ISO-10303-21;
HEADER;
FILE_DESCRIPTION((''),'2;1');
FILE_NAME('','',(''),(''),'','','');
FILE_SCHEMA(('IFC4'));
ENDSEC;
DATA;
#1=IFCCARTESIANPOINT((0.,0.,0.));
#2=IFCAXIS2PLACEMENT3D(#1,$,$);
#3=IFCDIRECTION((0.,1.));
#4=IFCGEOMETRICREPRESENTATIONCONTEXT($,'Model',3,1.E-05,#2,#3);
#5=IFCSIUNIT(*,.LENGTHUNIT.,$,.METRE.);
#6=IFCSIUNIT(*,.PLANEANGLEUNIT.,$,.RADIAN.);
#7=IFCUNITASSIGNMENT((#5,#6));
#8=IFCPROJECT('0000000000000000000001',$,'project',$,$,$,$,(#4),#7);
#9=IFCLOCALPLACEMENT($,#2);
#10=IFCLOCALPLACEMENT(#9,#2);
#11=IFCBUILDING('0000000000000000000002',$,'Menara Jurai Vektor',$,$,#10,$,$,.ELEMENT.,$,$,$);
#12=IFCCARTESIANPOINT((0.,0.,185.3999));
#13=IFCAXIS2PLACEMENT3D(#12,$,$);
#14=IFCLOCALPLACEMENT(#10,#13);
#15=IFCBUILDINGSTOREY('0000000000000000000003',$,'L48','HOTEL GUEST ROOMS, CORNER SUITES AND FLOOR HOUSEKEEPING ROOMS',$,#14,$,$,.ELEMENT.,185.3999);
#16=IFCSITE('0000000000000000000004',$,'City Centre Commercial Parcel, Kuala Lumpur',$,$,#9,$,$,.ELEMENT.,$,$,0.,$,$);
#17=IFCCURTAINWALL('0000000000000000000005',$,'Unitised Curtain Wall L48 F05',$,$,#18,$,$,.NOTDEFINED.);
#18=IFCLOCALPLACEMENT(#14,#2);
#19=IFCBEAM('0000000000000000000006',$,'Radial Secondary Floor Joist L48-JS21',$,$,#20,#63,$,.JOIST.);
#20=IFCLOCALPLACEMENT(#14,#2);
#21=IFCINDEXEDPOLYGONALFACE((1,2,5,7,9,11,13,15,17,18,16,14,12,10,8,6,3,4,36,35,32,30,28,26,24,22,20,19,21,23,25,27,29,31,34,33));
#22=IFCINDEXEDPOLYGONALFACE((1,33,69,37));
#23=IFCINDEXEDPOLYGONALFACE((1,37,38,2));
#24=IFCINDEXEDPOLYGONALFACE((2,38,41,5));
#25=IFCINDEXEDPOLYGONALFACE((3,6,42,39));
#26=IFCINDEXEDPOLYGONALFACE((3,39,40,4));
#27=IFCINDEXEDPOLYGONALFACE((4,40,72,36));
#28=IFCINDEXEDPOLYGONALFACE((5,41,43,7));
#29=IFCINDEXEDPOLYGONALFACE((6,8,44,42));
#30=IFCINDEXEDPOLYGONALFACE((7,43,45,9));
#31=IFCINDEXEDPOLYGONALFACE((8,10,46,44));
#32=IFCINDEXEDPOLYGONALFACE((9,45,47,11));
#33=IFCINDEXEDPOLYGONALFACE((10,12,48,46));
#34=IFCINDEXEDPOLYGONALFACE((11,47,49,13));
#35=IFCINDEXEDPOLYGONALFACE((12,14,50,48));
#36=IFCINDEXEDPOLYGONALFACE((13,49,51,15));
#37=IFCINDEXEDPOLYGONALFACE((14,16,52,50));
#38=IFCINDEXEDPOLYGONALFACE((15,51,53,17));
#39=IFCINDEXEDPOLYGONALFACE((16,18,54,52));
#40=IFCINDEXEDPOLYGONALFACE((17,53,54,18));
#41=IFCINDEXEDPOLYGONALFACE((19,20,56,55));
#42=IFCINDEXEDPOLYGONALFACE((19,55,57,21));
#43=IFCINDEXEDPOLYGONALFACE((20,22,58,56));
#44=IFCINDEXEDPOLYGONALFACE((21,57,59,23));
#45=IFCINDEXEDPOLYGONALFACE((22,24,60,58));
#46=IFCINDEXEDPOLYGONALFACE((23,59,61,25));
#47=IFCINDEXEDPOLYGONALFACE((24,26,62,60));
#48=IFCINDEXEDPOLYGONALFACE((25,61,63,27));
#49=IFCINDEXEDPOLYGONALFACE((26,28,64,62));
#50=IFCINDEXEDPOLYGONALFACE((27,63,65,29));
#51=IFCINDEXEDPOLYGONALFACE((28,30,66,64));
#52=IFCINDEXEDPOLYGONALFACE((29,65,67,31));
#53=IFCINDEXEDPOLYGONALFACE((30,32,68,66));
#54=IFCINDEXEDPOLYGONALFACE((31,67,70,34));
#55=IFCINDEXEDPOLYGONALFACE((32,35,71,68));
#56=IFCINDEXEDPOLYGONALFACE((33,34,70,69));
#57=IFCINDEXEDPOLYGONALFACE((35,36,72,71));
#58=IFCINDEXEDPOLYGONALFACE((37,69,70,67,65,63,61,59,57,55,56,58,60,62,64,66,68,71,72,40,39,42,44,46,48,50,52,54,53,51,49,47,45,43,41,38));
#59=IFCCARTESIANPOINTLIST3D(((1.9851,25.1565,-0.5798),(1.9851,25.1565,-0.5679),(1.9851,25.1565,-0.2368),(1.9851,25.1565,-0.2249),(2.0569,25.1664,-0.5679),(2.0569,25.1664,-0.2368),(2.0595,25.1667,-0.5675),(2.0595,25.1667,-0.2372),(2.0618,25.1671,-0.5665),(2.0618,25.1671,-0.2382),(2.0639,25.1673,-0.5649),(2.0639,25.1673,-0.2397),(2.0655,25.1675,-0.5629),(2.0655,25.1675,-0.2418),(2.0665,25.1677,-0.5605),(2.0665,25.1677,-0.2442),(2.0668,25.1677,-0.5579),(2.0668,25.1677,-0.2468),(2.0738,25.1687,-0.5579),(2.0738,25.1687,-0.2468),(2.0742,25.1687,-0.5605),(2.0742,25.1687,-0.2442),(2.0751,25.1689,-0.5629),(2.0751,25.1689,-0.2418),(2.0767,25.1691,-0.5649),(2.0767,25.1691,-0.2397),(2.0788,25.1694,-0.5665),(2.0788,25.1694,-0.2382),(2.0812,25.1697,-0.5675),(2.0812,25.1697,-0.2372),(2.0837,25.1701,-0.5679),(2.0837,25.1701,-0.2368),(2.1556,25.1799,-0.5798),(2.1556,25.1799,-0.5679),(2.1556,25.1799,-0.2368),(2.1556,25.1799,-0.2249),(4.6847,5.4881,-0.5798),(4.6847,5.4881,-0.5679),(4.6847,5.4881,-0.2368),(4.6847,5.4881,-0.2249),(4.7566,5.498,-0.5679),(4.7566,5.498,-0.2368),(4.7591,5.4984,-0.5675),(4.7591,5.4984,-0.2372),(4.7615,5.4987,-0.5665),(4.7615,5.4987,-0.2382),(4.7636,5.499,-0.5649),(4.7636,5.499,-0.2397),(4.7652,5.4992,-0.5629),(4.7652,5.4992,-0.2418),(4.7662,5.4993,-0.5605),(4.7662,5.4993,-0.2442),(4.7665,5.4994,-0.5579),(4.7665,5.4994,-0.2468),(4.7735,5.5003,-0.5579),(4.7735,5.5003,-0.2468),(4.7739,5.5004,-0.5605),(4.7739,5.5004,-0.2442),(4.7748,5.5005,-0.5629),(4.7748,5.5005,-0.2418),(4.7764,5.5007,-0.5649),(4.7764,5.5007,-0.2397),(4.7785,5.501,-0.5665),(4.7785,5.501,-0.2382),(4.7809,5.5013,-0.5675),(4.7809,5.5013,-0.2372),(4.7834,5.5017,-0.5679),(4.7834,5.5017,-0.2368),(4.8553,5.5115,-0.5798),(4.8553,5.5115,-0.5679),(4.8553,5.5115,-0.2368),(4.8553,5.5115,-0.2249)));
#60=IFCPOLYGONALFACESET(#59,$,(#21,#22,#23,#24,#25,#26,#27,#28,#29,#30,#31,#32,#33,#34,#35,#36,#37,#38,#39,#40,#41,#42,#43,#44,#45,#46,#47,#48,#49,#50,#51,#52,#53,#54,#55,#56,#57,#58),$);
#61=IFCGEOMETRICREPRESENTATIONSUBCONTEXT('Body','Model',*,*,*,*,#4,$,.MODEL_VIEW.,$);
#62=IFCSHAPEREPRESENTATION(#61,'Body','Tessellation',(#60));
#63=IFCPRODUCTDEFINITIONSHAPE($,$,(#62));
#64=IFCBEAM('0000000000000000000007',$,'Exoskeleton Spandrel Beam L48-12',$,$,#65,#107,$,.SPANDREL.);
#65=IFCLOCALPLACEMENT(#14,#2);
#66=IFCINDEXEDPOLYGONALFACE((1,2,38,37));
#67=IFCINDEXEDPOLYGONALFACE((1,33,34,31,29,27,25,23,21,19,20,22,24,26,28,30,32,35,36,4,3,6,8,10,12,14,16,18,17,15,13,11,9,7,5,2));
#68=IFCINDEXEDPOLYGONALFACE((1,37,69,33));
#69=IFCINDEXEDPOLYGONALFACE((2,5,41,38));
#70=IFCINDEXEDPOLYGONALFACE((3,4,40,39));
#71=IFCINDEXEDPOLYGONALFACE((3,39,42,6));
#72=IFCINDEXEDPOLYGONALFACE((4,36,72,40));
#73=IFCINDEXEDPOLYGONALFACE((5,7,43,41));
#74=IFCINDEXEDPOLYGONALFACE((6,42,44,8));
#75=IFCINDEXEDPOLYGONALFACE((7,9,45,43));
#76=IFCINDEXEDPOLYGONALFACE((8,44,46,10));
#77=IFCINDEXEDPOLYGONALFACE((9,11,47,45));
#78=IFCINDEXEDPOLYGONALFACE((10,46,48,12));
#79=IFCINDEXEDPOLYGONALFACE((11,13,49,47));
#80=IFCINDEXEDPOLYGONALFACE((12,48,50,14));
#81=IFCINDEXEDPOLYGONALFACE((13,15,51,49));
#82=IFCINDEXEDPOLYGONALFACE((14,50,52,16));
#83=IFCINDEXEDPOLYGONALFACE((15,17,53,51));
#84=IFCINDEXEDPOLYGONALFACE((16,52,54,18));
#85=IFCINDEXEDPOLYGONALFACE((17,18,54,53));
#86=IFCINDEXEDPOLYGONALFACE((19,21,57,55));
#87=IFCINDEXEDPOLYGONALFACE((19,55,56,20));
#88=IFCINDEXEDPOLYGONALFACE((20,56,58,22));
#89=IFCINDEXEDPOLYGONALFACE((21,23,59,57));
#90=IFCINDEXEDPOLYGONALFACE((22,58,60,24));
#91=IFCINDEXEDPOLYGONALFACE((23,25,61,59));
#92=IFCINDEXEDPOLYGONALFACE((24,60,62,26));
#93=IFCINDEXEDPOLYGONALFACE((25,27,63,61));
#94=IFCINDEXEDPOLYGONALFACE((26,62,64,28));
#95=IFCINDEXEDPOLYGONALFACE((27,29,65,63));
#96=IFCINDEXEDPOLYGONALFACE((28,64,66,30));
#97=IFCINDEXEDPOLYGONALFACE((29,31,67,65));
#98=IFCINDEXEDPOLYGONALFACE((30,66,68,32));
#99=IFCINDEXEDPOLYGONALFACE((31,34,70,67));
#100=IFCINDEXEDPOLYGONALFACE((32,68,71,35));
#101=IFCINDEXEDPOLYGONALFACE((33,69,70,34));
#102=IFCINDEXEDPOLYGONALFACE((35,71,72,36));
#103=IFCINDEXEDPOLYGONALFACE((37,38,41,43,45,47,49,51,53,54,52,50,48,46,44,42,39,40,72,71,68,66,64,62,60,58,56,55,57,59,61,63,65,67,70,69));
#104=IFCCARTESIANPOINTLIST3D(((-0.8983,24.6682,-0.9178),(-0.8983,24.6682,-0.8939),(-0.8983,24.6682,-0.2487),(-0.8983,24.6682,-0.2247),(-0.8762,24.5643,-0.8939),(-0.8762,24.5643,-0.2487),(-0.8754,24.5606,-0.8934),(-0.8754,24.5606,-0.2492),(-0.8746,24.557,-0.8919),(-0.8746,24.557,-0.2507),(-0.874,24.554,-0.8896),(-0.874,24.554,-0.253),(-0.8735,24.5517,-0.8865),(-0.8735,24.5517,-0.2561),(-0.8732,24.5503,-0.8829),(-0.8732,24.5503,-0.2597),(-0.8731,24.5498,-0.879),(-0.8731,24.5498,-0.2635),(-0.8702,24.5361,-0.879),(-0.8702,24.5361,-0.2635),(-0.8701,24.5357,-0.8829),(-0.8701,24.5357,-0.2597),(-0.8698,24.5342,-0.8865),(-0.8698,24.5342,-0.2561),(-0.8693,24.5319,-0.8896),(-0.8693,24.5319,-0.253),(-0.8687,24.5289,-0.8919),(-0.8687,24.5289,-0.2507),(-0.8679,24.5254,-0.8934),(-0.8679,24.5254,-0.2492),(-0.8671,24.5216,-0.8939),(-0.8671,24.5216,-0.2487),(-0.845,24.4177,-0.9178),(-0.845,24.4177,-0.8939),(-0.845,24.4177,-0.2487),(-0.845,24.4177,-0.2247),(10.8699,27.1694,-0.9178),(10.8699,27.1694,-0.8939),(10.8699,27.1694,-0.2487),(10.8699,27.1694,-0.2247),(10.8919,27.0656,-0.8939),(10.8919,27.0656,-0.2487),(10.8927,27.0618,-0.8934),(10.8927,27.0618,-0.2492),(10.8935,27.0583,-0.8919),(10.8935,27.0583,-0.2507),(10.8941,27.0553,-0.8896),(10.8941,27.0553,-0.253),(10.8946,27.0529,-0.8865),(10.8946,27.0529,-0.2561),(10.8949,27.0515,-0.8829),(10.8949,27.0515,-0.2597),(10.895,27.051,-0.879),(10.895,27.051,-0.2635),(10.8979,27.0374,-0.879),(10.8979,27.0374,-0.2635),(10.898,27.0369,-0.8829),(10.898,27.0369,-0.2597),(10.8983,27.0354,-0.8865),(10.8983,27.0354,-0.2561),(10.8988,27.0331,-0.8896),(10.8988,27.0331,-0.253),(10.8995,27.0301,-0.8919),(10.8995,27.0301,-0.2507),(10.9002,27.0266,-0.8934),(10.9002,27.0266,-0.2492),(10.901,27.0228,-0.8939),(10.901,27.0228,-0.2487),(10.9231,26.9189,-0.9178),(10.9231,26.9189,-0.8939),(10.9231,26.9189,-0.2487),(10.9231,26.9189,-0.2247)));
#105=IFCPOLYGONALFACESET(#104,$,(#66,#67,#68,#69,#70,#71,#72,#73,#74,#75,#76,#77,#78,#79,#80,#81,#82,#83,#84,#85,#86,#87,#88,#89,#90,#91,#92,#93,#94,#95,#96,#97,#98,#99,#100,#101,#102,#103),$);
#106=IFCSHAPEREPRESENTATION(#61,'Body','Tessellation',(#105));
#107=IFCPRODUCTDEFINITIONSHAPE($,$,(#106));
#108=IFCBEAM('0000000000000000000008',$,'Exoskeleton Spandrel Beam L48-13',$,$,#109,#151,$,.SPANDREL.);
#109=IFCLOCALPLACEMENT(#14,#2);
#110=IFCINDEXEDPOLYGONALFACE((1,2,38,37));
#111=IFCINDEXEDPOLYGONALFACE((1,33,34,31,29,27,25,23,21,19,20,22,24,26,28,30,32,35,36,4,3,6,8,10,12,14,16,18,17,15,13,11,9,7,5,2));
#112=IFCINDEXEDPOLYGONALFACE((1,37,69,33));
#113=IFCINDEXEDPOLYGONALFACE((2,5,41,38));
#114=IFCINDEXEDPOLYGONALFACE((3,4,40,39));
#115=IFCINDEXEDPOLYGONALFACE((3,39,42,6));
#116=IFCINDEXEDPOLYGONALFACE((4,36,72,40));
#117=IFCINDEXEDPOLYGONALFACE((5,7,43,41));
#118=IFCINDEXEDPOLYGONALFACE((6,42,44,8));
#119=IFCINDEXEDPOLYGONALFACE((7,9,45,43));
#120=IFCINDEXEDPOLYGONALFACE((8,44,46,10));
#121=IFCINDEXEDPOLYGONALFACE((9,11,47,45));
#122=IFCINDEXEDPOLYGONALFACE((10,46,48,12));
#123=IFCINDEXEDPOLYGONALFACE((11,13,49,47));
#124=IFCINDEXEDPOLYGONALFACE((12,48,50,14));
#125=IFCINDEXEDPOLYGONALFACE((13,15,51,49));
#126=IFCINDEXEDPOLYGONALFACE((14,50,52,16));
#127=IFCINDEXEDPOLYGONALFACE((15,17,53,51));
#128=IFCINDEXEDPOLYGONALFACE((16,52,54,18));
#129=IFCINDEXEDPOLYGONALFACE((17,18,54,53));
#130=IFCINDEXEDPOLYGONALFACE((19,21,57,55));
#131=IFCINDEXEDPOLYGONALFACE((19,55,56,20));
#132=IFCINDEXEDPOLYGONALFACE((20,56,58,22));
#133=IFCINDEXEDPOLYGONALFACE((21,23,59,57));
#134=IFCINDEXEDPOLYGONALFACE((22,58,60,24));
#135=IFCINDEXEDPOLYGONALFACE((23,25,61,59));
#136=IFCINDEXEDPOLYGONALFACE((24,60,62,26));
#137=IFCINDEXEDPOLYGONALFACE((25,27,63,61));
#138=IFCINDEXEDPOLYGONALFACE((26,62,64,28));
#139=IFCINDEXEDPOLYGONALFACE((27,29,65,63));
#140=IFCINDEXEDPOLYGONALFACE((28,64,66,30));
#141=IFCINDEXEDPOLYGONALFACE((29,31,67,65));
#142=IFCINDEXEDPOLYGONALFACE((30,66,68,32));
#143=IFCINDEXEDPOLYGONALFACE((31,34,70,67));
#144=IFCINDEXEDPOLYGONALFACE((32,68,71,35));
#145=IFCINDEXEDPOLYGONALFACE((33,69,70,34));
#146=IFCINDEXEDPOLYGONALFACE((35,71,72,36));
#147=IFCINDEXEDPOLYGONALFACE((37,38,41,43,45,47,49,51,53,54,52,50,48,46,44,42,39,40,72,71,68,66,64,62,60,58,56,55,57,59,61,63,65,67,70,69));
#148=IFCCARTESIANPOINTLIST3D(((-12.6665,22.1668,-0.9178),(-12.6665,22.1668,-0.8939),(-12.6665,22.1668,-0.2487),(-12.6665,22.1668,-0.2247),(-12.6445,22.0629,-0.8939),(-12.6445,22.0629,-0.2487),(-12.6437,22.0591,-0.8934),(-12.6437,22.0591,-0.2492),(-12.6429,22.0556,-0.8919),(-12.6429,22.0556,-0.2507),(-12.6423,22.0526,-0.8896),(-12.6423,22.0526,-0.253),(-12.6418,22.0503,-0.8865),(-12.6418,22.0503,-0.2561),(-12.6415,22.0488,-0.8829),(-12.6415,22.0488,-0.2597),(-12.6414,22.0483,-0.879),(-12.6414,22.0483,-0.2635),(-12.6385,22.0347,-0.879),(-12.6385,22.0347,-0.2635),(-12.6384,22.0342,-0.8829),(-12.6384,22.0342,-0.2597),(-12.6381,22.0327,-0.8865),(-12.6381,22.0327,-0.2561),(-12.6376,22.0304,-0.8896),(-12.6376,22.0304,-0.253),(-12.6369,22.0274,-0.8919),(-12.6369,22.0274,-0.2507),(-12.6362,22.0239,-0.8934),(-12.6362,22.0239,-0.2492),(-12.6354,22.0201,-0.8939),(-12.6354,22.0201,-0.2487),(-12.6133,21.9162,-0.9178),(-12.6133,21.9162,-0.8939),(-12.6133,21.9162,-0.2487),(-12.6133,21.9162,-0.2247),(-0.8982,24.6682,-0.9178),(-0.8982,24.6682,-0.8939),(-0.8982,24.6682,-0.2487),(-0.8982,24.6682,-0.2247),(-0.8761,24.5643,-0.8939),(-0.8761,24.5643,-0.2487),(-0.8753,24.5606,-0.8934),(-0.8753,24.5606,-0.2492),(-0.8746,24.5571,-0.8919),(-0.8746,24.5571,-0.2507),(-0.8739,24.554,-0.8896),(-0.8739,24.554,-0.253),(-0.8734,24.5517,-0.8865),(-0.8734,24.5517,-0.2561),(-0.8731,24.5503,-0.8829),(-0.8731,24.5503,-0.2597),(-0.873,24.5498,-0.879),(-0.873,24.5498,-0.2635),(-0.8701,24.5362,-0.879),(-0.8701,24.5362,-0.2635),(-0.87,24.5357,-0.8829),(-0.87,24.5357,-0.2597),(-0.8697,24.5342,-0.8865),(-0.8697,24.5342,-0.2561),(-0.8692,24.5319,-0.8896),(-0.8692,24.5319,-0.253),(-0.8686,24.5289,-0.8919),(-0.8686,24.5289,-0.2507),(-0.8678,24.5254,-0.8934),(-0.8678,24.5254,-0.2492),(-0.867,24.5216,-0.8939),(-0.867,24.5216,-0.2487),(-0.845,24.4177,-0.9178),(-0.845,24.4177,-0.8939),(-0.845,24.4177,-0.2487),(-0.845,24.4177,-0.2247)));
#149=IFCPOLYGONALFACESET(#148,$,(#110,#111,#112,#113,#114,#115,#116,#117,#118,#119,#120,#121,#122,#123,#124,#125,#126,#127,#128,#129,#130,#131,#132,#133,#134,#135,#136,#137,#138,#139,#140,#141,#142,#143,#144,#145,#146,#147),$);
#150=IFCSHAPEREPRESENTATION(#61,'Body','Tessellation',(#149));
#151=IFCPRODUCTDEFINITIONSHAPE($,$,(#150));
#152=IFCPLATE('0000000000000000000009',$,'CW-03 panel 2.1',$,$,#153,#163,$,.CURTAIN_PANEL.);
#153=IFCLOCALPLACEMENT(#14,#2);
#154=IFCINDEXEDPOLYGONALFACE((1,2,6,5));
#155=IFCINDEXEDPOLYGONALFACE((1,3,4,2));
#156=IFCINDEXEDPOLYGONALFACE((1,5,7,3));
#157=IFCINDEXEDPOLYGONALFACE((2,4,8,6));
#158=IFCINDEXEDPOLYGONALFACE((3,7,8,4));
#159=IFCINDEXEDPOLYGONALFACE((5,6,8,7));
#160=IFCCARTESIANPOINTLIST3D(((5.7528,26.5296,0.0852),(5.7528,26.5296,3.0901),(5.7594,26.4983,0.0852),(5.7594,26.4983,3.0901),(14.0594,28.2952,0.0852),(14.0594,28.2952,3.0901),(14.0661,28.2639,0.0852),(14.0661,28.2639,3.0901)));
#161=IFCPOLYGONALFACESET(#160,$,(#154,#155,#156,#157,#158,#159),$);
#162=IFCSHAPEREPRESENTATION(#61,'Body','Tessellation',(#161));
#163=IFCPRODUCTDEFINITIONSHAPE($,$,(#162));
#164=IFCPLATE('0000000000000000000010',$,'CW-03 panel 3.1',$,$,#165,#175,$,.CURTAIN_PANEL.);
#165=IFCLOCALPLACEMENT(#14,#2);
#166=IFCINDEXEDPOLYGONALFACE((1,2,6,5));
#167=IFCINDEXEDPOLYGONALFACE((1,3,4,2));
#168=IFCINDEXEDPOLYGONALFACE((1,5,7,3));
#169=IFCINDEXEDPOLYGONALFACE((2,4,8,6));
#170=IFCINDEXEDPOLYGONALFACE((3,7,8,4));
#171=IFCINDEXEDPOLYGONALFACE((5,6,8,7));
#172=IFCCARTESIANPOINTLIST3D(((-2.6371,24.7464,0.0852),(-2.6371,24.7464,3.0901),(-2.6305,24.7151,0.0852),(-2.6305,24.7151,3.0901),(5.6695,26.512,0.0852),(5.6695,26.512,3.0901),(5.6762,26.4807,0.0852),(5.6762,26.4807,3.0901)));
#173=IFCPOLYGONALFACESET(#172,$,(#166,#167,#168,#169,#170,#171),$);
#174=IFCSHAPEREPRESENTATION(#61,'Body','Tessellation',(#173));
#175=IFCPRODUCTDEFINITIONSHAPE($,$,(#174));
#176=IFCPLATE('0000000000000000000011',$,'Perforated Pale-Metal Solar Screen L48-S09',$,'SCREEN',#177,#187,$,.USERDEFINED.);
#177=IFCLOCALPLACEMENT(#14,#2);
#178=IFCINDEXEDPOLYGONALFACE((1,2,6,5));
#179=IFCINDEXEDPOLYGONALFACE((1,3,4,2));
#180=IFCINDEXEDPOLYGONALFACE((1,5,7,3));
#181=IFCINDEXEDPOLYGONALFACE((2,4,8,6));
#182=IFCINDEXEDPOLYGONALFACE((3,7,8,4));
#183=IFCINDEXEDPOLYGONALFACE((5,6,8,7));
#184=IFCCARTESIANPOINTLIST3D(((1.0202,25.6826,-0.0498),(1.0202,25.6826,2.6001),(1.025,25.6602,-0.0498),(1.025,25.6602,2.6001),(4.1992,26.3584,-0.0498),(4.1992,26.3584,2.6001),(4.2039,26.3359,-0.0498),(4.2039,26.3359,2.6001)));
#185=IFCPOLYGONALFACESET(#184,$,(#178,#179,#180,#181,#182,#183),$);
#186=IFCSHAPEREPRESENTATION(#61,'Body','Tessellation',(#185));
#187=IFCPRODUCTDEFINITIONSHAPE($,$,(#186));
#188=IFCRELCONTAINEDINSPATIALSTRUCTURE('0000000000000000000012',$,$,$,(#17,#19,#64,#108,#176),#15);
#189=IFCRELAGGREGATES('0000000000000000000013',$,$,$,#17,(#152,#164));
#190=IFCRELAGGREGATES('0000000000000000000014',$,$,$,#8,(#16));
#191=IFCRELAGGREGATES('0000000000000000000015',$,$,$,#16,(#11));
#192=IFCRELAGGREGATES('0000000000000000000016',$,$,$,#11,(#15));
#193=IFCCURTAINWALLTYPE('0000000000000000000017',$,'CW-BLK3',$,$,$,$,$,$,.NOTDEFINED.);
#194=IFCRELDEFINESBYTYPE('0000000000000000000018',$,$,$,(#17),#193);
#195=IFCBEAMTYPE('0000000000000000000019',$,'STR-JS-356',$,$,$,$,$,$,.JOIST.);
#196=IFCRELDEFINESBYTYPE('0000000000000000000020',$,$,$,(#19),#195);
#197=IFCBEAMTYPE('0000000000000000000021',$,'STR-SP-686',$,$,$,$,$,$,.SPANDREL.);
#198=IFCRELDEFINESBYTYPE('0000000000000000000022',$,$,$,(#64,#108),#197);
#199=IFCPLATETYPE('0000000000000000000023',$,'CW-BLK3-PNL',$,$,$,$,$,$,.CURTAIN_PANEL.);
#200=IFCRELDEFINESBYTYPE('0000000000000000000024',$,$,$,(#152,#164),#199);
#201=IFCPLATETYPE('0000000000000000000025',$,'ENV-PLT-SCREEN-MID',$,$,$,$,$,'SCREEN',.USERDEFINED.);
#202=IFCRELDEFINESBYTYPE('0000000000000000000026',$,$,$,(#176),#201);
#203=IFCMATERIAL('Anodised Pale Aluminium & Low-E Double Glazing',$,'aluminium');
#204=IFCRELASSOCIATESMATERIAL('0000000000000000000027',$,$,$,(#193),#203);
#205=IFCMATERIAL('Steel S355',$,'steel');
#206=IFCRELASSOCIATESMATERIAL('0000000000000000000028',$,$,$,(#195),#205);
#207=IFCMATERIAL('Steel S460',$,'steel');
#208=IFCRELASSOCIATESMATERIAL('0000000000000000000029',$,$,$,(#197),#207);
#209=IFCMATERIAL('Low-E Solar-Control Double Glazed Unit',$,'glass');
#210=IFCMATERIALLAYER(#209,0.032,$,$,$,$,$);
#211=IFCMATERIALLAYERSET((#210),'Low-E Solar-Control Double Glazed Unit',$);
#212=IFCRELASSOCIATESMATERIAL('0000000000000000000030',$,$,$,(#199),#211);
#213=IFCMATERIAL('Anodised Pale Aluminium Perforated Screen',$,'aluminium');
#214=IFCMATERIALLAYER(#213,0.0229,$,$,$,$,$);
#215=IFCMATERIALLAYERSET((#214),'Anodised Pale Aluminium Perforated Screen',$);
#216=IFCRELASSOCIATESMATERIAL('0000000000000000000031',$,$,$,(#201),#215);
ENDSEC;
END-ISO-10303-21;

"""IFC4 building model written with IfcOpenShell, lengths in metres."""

from ifc_helpers import new_model, si_unit, direction, frame, origin, origin_2d, place, context, subcontext, project, spatial, rectangle, i_section, extrude, material, layer, layer_set, material_profile, profile_set, type_object, element, aggregate, save


model = new_model("IFC4")

# Units and contexts
model_context = context("Model", 3, precision=1e-05, world=origin(), true_north=direction((0.0, 1.0)))
body_context = subcontext(model_context, "Body", "Model", "MODEL_VIEW")
ifc_project = project(units=[si_unit("LENGTHUNIT", "METRE"), si_unit("PLANEANGLEUNIT", "RADIAN")], contexts=[model_context])

# Site, building, storey
site_placement = place(None, origin())
site = spatial("IfcSite", under=ifc_project, at=site_placement, Name="City Centre Commercial Parcel, Kuala Lumpur", CompositionType="ELEMENT", RefElevation=0.0)
building_placement = place(site_placement, origin())
building = spatial("IfcBuilding", under=site, at=building_placement, Name="Menara Jurai Vektor", CompositionType="ELEMENT")
storey_placement = place(building_placement, frame((0.0, 0.0, 185.3999)))
storey = spatial("IfcBuildingStorey", under=building, at=storey_placement, Name="L48", Description="HOTEL GUEST ROOMS, CORNER SUITES AND FLOOR HOUSEKEEPING ROOMS", CompositionType="ELEMENT", Elevation=185.3999)

# Shared definitions
ifc_material_1 = material(Name="Steel S460", Category="steel")

# Curtain wall
ifc_material_2 = material(Name="Anodised Pale Aluminium & Low-E Double Glazing", Category="aluminium")
curtain_wall_type = type_object("IfcCurtainWallType", Name="CW-BLK3", PredefinedType="NOTDEFINED", material=ifc_material_2)
curtain_wall_placement = place(storey_placement, origin())
curtain_wall = element("IfcCurtainWall", 1, at=curtain_wall_placement, inside=storey, type_object=curtain_wall_type, Name="Unitised Curtain Wall L48 F05", PredefinedType="NOTDEFINED")

# Beams
ifc_material_3 = material(Name="Steel S355", Category="steel")
ifc_material_profile_1 = material_profile(ifc_material_3, i_section(OverallWidth=0.1721, OverallDepth=0.355, WebThickness=0.0071, FlangeThickness=0.012, FilletRadius=0.01, at=origin_2d()), Name="UKB 356x171x51")
ifc_profile_set_1 = profile_set([ifc_material_profile_1], Name="Steel S355")
beam_type_1 = type_object("IfcBeamType", Name="STR-JS-356", PredefinedType="JOIST", material=ifc_profile_set_1)
beam_1_placement = place(storey_placement, frame((2.0703, 25.1682, -0.4023), z_axis=(0.135986, -0.990711, 0.0), x_axis=(0.990711, 0.135986, 0.0)))
element("IfcBeam", 2, at=beam_1_placement, inside=storey, type_object=beam_type_1, Name="Radial Secondary Floor Joist L48-JS21", PredefinedType="JOIST", context=body_context, shape_type="SweptSolid", body=[
    extrude(i_section(OverallWidth=0.1721, OverallDepth=0.355, WebThickness=0.0071, FlangeThickness=0.012, FilletRadius=0.01, at=origin_2d()), origin(), (0.0, 0.0, 1.0), 19.8528),
])
ifc_material_profile_2 = material_profile(ifc_material_1, i_section(OverallWidth=0.2561, OverallDepth=0.6931, WebThickness=0.0139, FlangeThickness=0.0239, FilletRadius=0.0149, at=origin_2d()), Name="UKB 686x254x170")
ifc_profile_set_2 = profile_set([ifc_material_profile_2], Name="Steel S460")
beam_type_2 = type_object("IfcBeamType", Name="STR-SP-686", PredefinedType="SPANDREL", material=ifc_profile_set_2)
beam_2_placement = place(storey_placement, frame((10.8965, 27.0442, -0.5713), z_axis=(-0.97815, -0.207899, 0.0), x_axis=(0.207899, -0.97815, 0.0)))
element("IfcBeam", 3, at=beam_2_placement, inside=storey, type_object=beam_type_2, Name="Exoskeleton Spandrel Beam L48-12", PredefinedType="SPANDREL", context=body_context, shape_type="SweptSolid", body=[
    extrude(i_section(OverallWidth=0.2561, OverallDepth=0.6931, WebThickness=0.0139, FlangeThickness=0.0239, FilletRadius=0.0149, at=origin_2d()), origin(), (0.0, 0.0, 1.0), 12.031),
])
beam_3_placement = place(storey_placement, frame((-0.8716, 24.543, -0.5713), z_axis=(-0.978147, -0.207914, 0.0), x_axis=(0.207914, -0.978147, 0.0)))
element("IfcBeam", 4, at=beam_3_placement, inside=storey, type_object=beam_type_2, Name="Exoskeleton Spandrel Beam L48-13", PredefinedType="SPANDREL", context=body_context, shape_type="SweptSolid", body=[
    extrude(i_section(OverallWidth=0.2561, OverallDepth=0.6931, WebThickness=0.0139, FlangeThickness=0.0239, FilletRadius=0.0149, at=origin_2d()), origin(), (0.0, 0.0, 1.0), 12.0312),
])

# Plates
ifc_material_4 = material(Name="Low-E Solar-Control Double Glazed Unit", Category="glass")
ifc_layer_1 = layer(ifc_material_4, 0.032)
ifc_layer_set_1 = layer_set([ifc_layer_1], Name="Low-E Solar-Control Double Glazed Unit")
plate_type_1 = type_object("IfcPlateType", Name="CW-BLK3-PNL", PredefinedType="CURTAIN_PANEL", material=ifc_layer_set_1)
plate_1_placement = place(storey_placement, frame((9.9094, 27.3967, 0.0852), z_axis=(0.0, 0.0, 1.0), x_axis=(-0.978148, -0.207911, 0.0)))
plate_1 = element("IfcPlate", 5, at=plate_1_placement, type_object=plate_type_1, Name="CW-03 panel 2.1", PredefinedType="CURTAIN_PANEL", context=body_context, shape_type="SweptSolid", body=[
    extrude(rectangle(XDim=8.4922, YDim=0.032, at=origin_2d()), origin(), (0.0, 0.0, 1.0), 3.0049),
])
plate_2_placement = place(storey_placement, frame((1.5195, 25.6135, 0.0852), z_axis=(0.0, 0.0, 1.0), x_axis=(-0.978148, -0.207911, 0.0)))
plate_2 = element("IfcPlate", 6, at=plate_2_placement, type_object=plate_type_1, Name="CW-03 panel 3.1", PredefinedType="CURTAIN_PANEL", context=body_context, shape_type="SweptSolid", body=[
    extrude(rectangle(XDim=8.4922, YDim=0.032, at=origin_2d()), origin(), (0.0, 0.0, 1.0), 3.0049),
])
aggregate(curtain_wall, [plate_1, plate_2])
ifc_material_5 = material(Name="Anodised Pale Aluminium Perforated Screen", Category="aluminium")
ifc_layer_2 = layer(ifc_material_5, 0.0229)
ifc_layer_set_2 = layer_set([ifc_layer_2], Name="Anodised Pale Aluminium Perforated Screen")
plate_type_2 = type_object("IfcPlateType", Name="ENV-PLT-SCREEN-MID", ElementType="SCREEN", PredefinedType="USERDEFINED", material=ifc_layer_set_2)
plate_3_placement = place(storey_placement, frame((2.6121, 26.0093, -0.0498), z_axis=(0.0, 0.0, 1.0), x_axis=(-0.978148, -0.207912, 0.0)))
element("IfcPlate", 7, at=plate_3_placement, inside=storey, type_object=plate_type_2, Name="Perforated Pale-Metal Solar Screen L48-S09", ObjectType="SCREEN", PredefinedType="USERDEFINED", context=body_context, shape_type="SweptSolid", body=[
    extrude(rectangle(XDim=3.25, YDim=0.0229, at=origin_2d()), origin(), (0.0, 0.0, 1.0), 2.6499),
])

save(model, "model.ifc")
